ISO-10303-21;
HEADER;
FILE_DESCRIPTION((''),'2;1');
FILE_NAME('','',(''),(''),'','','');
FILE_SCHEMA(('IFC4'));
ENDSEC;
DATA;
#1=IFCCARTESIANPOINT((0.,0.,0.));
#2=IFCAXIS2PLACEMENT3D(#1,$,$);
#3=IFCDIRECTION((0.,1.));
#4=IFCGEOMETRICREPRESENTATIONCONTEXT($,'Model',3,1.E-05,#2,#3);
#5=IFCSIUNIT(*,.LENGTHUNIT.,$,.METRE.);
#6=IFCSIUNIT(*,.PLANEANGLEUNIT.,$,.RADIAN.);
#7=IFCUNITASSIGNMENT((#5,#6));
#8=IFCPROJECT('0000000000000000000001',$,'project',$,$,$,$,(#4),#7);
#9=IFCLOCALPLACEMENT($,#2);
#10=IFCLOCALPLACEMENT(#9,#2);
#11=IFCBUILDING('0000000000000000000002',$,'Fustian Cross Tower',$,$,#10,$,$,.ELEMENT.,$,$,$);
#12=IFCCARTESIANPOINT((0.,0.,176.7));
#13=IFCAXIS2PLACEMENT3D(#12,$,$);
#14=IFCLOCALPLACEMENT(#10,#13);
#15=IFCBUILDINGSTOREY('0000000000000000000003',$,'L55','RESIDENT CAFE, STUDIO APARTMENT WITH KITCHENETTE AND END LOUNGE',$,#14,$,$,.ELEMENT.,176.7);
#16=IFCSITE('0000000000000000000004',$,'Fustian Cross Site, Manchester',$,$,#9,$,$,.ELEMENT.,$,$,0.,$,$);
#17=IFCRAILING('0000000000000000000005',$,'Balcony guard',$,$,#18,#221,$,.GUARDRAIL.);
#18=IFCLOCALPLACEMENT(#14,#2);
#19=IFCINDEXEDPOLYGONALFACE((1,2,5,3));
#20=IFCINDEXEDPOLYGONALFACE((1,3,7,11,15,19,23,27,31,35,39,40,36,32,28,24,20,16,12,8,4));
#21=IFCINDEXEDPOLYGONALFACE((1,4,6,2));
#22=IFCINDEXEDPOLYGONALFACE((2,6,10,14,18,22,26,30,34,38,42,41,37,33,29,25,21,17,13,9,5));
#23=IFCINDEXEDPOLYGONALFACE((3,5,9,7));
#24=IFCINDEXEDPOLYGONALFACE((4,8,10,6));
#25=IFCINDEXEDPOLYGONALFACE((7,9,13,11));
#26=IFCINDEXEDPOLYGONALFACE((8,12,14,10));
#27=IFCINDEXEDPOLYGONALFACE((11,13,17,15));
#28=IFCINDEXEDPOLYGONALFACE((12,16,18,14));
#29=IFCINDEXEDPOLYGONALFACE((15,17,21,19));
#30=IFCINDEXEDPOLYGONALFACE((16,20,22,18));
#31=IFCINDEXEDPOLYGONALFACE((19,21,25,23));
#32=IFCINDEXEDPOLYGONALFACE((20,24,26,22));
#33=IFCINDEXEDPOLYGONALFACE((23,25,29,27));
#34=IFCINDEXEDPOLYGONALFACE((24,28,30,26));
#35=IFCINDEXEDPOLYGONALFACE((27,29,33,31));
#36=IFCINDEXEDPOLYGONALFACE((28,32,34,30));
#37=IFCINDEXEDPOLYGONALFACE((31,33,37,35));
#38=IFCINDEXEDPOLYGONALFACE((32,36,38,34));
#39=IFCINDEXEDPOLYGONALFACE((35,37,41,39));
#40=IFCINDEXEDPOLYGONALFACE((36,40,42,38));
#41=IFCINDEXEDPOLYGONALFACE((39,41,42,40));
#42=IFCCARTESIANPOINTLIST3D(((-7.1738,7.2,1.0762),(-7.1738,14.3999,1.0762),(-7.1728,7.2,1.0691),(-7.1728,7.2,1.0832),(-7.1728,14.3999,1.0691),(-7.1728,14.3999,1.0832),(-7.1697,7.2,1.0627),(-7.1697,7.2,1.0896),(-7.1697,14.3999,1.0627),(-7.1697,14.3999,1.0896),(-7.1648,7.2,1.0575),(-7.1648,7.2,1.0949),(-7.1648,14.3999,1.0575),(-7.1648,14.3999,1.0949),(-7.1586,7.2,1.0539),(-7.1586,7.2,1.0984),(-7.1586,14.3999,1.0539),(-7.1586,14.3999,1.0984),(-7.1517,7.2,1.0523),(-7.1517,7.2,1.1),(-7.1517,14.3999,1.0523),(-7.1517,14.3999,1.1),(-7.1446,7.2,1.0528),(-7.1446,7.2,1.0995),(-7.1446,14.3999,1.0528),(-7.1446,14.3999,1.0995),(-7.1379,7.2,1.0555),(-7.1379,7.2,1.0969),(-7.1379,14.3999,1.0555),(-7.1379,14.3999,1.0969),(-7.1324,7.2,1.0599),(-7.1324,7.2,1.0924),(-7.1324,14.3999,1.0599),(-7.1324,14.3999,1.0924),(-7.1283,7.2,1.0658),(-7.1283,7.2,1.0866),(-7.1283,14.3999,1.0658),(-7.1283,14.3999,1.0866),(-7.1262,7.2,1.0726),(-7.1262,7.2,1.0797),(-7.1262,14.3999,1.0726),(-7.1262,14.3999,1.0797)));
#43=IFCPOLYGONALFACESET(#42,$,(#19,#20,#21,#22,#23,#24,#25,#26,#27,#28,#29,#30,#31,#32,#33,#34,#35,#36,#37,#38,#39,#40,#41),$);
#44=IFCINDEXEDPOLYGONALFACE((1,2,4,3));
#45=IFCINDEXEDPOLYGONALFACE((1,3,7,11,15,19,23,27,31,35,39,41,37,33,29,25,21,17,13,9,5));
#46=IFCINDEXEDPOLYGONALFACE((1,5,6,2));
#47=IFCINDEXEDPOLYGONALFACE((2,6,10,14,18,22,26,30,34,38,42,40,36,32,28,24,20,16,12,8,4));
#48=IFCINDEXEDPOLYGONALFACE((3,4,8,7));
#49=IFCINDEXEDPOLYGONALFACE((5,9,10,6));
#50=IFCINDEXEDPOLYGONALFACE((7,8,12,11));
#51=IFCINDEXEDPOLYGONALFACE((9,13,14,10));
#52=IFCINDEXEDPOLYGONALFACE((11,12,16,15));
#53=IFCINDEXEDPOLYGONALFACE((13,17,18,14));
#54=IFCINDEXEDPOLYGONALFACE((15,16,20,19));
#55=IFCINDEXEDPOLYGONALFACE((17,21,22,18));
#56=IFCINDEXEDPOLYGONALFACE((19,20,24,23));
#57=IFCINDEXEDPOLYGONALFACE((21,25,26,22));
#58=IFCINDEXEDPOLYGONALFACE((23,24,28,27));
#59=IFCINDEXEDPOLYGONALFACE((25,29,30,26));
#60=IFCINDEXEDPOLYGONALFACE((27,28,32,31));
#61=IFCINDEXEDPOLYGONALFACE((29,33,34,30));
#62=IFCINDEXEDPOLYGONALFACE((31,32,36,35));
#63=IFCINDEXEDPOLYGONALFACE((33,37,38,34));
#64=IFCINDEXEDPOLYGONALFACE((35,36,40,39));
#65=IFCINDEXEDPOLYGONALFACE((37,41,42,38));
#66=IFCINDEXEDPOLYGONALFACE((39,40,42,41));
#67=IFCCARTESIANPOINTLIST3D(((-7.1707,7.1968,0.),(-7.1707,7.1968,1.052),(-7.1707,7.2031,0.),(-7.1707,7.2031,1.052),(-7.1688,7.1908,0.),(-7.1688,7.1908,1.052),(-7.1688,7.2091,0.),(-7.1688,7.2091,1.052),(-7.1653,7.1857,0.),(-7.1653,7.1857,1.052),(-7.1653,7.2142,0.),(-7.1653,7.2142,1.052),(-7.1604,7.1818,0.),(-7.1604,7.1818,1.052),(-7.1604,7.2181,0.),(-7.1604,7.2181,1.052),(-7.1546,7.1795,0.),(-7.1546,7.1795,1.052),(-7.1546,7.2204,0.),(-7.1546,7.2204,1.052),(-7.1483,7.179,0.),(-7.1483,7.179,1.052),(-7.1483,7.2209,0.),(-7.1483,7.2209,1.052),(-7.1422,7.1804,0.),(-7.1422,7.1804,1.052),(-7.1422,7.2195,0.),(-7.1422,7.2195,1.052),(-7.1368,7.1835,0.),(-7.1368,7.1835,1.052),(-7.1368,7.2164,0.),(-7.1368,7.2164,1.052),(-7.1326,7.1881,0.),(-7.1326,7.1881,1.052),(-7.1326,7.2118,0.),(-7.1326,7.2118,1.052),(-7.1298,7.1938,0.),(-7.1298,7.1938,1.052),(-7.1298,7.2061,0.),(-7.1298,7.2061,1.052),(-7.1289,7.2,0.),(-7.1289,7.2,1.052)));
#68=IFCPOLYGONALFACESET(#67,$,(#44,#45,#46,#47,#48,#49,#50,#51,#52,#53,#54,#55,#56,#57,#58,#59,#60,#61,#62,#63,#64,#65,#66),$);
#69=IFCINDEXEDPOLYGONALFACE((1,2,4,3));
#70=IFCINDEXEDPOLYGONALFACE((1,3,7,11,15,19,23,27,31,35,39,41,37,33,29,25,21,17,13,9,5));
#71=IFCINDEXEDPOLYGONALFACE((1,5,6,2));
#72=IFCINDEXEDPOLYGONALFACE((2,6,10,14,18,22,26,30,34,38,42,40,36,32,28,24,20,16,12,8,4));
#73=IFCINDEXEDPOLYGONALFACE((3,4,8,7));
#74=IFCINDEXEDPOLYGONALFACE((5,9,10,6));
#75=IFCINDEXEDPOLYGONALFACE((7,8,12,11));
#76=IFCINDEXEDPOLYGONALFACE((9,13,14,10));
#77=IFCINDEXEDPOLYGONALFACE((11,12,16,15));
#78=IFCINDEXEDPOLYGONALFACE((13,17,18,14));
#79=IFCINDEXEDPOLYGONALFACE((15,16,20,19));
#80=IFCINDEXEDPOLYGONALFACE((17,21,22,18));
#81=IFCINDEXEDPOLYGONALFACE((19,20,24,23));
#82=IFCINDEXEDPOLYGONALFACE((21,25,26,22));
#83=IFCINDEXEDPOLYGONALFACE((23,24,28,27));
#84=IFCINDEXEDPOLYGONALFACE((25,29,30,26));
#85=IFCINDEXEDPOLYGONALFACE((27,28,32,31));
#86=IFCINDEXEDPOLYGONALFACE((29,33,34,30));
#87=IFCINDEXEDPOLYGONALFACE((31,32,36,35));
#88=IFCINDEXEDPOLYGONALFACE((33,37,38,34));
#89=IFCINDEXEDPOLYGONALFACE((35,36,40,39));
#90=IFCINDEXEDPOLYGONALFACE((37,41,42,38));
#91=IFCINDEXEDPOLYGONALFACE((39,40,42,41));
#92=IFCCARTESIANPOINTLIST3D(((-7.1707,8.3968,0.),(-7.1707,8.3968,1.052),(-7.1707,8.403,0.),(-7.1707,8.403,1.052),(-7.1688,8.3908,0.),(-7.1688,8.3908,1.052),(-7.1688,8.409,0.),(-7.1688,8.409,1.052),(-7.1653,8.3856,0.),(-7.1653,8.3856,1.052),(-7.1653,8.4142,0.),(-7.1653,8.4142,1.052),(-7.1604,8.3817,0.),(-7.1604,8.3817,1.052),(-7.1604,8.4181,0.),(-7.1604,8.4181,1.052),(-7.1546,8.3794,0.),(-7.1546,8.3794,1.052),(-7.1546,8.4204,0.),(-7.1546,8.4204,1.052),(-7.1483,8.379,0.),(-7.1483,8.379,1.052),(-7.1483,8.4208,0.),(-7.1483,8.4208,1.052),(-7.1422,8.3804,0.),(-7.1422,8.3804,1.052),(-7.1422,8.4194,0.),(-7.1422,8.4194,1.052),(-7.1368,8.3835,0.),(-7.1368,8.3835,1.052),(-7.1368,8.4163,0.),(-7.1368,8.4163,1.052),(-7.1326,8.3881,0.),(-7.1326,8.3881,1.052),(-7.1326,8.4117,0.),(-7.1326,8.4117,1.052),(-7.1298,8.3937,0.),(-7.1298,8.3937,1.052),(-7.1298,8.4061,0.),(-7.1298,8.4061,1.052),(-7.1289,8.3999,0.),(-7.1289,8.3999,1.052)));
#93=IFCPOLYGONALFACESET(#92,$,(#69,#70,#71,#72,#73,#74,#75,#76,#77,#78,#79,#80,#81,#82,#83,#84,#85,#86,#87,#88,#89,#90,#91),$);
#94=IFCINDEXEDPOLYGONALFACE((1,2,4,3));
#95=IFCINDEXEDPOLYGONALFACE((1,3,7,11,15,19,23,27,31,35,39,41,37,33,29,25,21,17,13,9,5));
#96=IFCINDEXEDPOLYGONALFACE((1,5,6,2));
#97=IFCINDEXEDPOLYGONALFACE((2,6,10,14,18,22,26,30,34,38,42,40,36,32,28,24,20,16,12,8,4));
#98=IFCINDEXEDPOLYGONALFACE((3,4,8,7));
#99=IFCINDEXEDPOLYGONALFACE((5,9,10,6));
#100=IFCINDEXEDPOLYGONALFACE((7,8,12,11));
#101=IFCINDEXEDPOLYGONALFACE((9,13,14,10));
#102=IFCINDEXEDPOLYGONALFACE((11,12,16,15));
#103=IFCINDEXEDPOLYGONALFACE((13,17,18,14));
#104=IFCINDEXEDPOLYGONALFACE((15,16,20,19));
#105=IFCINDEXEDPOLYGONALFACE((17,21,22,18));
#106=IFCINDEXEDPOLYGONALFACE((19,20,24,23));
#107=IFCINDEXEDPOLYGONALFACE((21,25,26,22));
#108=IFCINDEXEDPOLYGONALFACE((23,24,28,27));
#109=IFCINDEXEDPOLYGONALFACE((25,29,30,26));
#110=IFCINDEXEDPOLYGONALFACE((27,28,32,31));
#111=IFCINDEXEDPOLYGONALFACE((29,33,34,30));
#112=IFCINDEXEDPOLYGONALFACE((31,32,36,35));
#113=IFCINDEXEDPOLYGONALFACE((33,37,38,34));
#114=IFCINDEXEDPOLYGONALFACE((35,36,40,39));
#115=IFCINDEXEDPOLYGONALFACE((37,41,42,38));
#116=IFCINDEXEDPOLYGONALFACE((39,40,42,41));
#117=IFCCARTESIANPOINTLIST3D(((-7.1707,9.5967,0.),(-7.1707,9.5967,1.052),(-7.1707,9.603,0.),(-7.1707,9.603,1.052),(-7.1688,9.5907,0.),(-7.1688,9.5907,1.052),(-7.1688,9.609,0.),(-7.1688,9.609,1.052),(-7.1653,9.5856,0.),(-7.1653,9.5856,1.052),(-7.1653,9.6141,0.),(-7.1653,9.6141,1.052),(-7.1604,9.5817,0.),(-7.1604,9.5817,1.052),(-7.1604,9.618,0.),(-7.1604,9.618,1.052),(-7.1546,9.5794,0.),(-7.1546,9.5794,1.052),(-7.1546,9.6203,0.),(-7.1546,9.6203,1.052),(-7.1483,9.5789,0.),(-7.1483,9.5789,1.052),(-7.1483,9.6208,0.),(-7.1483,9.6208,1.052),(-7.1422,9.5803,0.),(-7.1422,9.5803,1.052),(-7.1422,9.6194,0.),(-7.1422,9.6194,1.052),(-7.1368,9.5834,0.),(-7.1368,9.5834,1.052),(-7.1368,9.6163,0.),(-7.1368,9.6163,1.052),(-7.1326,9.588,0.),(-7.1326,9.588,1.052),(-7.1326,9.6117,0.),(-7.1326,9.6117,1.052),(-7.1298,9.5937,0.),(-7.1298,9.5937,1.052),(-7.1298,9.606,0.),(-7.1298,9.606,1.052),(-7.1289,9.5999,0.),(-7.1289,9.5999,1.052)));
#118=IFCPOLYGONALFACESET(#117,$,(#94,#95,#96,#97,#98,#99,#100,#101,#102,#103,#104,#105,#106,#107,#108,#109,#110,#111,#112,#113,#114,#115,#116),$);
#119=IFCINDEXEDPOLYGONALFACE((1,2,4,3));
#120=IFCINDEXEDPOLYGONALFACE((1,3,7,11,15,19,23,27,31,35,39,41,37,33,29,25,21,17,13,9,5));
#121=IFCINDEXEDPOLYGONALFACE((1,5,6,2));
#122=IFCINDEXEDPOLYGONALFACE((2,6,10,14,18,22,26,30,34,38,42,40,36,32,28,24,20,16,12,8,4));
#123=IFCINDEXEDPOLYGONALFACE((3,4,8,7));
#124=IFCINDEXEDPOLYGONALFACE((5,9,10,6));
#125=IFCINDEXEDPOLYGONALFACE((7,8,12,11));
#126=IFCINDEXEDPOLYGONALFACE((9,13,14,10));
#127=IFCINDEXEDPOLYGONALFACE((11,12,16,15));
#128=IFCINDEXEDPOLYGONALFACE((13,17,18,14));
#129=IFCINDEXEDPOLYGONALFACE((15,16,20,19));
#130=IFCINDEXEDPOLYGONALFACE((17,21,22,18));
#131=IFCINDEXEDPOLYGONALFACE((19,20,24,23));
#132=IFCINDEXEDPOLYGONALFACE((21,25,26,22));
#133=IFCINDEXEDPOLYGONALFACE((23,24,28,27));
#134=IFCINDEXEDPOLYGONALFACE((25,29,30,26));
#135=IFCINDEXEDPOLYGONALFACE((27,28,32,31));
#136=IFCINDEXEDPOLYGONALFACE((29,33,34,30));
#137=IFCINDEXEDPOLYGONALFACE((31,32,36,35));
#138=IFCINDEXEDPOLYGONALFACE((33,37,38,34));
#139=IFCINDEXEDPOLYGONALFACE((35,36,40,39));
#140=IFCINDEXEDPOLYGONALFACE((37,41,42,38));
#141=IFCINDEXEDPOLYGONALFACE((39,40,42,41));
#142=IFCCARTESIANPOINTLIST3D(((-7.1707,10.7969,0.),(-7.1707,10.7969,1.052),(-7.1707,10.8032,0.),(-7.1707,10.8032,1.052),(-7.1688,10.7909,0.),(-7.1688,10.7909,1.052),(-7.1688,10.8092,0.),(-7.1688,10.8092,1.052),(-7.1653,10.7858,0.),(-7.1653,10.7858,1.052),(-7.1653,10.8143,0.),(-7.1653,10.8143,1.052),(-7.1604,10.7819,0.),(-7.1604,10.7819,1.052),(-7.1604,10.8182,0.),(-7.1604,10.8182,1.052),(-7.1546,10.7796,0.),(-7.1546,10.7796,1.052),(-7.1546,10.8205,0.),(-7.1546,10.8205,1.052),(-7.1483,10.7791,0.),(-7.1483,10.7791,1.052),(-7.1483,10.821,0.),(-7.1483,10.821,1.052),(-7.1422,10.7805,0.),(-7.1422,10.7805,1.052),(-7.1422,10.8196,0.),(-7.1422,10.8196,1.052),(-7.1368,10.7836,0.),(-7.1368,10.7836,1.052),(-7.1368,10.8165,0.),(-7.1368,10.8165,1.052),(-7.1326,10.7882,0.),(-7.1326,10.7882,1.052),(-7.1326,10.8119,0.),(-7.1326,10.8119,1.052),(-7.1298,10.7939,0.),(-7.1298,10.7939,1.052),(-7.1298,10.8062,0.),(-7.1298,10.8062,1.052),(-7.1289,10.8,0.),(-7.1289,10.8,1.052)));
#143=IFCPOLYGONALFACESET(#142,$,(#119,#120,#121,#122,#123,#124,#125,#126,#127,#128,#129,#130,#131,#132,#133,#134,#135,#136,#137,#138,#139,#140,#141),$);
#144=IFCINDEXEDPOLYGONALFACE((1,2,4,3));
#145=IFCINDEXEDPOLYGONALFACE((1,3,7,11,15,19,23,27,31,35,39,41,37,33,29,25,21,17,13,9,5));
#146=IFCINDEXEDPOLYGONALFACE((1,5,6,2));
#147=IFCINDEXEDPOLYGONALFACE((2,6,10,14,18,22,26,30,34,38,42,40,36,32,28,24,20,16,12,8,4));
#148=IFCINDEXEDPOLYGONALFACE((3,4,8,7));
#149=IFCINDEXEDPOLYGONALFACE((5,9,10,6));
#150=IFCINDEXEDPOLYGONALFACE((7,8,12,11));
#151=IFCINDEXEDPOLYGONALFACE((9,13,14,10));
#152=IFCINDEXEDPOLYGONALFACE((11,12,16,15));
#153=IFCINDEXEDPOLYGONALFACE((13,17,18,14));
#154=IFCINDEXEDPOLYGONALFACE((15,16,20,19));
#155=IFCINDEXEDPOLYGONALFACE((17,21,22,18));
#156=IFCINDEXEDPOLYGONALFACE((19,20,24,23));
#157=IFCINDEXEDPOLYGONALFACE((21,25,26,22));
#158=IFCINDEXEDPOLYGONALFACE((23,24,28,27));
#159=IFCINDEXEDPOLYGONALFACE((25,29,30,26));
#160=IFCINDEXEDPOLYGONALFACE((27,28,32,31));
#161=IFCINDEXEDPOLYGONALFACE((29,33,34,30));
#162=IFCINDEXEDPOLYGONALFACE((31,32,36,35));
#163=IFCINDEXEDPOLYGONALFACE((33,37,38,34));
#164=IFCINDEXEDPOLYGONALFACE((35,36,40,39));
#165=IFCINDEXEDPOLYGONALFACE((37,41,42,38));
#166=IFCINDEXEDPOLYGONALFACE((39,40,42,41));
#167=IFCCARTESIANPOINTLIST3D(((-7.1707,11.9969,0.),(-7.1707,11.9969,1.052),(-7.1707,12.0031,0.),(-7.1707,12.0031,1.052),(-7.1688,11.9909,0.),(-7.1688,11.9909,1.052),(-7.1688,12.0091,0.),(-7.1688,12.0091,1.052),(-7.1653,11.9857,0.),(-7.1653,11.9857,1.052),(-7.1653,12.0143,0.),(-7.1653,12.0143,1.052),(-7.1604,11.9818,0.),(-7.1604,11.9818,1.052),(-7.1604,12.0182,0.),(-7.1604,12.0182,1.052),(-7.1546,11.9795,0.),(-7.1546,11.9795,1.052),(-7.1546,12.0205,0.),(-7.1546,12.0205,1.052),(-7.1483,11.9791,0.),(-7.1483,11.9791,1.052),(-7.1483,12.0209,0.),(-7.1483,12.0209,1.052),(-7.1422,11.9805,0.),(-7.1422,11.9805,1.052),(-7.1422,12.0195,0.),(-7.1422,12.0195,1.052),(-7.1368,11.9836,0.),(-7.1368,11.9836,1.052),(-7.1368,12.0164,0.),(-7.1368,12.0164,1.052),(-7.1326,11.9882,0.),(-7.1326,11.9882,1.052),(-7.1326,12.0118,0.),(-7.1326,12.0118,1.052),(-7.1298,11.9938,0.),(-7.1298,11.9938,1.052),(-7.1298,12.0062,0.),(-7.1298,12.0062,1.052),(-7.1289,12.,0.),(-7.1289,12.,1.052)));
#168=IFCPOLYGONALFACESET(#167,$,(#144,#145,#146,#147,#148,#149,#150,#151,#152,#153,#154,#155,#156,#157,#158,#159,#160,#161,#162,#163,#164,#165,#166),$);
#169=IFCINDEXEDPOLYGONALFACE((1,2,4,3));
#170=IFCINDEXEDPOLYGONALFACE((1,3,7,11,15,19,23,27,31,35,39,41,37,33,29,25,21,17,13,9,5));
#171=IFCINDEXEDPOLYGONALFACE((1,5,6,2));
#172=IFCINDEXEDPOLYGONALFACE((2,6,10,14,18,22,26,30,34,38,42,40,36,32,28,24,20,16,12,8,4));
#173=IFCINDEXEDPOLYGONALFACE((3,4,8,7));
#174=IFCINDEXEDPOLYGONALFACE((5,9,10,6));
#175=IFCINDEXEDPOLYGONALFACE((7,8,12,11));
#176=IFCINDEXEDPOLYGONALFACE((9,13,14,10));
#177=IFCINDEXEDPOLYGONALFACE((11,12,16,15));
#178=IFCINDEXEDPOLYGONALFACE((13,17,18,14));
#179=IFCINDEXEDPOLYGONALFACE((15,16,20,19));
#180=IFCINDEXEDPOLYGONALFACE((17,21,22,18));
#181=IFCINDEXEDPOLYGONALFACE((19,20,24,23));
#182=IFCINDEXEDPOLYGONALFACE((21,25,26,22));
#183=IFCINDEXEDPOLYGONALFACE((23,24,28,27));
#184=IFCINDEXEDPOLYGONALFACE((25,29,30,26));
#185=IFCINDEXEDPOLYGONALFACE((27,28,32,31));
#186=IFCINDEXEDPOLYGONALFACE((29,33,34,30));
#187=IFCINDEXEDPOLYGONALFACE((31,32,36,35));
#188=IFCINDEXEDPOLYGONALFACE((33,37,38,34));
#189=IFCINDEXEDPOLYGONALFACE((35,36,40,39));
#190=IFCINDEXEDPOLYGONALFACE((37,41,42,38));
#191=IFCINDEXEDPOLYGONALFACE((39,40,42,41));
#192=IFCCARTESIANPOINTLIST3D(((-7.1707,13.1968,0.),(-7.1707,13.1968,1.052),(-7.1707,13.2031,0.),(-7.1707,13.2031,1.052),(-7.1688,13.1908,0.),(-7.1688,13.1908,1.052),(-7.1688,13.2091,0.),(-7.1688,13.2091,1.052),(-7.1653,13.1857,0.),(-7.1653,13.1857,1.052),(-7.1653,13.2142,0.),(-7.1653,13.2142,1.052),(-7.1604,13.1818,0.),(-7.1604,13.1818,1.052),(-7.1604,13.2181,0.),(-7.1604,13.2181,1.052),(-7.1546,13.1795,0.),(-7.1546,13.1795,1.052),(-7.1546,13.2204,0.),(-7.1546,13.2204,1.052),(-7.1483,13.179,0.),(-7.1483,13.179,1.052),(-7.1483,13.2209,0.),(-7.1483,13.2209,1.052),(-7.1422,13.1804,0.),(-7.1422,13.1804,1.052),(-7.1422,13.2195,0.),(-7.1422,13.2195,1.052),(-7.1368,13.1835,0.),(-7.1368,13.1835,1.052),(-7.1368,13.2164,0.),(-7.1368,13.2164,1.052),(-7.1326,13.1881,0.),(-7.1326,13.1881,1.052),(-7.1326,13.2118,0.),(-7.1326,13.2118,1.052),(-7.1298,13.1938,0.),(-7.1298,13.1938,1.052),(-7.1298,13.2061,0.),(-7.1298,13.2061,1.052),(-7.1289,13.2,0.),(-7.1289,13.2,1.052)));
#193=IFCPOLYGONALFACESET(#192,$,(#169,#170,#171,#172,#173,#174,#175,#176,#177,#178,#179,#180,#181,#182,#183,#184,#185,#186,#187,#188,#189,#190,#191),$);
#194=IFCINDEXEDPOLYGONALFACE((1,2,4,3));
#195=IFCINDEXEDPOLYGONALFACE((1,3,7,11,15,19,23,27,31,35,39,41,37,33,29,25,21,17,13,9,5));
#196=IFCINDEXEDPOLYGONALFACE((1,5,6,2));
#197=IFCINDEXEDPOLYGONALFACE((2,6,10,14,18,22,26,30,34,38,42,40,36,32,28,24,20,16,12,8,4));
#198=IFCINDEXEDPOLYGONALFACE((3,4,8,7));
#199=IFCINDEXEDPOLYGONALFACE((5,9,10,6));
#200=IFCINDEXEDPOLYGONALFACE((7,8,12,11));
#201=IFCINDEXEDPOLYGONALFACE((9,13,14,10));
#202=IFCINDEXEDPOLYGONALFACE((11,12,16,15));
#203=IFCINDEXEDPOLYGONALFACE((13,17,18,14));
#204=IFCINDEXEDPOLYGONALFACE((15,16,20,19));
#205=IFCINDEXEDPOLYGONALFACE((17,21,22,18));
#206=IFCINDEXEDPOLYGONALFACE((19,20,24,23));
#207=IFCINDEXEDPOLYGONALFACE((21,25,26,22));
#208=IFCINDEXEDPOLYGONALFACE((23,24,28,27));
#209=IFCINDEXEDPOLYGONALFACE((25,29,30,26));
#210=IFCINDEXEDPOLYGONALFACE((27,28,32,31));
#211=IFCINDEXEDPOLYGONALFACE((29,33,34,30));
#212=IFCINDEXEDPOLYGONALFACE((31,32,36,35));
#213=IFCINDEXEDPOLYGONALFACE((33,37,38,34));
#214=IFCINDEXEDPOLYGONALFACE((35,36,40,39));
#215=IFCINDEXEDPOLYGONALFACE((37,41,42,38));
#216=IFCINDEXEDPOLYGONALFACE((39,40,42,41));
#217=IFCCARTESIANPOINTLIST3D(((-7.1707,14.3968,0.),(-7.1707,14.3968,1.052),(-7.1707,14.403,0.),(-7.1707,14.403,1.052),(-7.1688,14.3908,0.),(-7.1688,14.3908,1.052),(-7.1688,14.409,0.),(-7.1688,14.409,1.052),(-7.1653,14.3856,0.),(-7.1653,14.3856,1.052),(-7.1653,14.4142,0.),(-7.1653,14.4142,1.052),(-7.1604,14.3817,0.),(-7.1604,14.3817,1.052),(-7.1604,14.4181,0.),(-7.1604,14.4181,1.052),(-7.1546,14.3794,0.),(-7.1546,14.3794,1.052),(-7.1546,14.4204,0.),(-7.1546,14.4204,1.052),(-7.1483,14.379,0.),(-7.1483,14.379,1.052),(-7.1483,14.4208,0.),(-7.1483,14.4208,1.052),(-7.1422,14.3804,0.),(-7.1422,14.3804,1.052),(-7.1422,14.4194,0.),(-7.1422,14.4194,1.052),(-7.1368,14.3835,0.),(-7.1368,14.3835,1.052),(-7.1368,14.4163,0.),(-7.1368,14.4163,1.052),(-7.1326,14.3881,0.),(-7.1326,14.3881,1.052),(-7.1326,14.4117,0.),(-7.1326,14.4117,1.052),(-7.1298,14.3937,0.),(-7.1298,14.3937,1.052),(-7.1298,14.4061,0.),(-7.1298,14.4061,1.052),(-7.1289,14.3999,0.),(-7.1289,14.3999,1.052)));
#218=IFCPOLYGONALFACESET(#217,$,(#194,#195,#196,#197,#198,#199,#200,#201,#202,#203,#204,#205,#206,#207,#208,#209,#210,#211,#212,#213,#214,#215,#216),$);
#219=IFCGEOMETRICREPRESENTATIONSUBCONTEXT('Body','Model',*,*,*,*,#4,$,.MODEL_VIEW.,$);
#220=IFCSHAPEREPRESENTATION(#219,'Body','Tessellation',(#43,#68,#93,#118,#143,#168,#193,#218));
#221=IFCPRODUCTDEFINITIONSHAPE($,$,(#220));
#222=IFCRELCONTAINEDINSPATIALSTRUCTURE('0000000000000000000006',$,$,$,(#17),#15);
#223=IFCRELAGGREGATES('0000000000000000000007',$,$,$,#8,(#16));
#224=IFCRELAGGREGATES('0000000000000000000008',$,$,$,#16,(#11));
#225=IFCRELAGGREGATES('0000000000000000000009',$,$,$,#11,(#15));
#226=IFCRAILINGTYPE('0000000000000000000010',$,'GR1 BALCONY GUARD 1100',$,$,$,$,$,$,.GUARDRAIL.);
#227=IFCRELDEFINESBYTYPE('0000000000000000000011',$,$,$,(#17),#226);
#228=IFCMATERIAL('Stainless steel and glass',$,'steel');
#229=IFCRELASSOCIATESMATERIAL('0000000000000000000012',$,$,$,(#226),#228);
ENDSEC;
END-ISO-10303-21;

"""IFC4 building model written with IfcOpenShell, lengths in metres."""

from ifc_helpers import new_model, si_unit, direction, frame, origin, origin_2d, place, context, subcontext, project, spatial, circle, extrude, material, type_object, element, save


model = new_model("IFC4")

# Units and contexts
model_context = context("Model", 3, precision=1e-05, world=origin(), true_north=direction((0.0, 1.0)))
body_context = subcontext(model_context, "Body", "Model", "MODEL_VIEW")
ifc_project = project(units=[si_unit("LENGTHUNIT", "METRE"), si_unit("PLANEANGLEUNIT", "RADIAN")], contexts=[model_context])

# Site, building, storey
site_placement = place(None, origin())
site = spatial("IfcSite", under=ifc_project, at=site_placement, Name="Fustian Cross Site, Manchester", CompositionType="ELEMENT", RefElevation=0.0)
building_placement = place(site_placement, origin())
building = spatial("IfcBuilding", under=site, at=building_placement, Name="Fustian Cross Tower", CompositionType="ELEMENT")
storey_placement = place(building_placement, frame((0.0, 0.0, 176.7)))
storey = spatial("IfcBuildingStorey", under=building, at=storey_placement, Name="L55", Description="RESIDENT CAFE, STUDIO APARTMENT WITH KITCHENETTE AND END LOUNGE", CompositionType="ELEMENT", Elevation=176.7)

# Railing
ifc_material_1 = material(Name="Stainless steel and glass", Category="steel")
railing_type = type_object("IfcRailingType", Name="GR1 BALCONY GUARD 1100", PredefinedType="GUARDRAIL", material=ifc_material_1)
railing_placement = place(storey_placement, frame((-7.1499, 7.2, 0.0)))
element("IfcRailing", 1, at=railing_placement, inside=storey, type_object=railing_type, Name="Balcony guard", PredefinedType="GUARDRAIL", context=body_context, shape_type="SweptSolid", body=[
    extrude(circle(Radius=0.0239, at=origin_2d()), frame((0.0, 0.0, 1.0762), z_axis=(0.0, 1.0, 0.0), x_axis=(-1.0, 0.0, 0.0)), (0.0, 0.0, 1.0), 7.2),
    extrude(circle(Radius=0.021, at=origin_2d()), origin(), (0.0, 0.0, 1.0), 1.052),
    extrude(circle(Radius=0.021, at=origin_2d()), frame((0.0, 1.2, 0.0)), (0.0, 0.0, 1.0), 1.052),
    extrude(circle(Radius=0.021, at=origin_2d()), frame((0.0, 2.3999, 0.0)), (0.0, 0.0, 1.0), 1.052),
    extrude(circle(Radius=0.021, at=origin_2d()), frame((0.0, 3.6001, 0.0)), (0.0, 0.0, 1.0), 1.052),
    extrude(circle(Radius=0.021, at=origin_2d()), frame((0.0, 4.8, 0.0)), (0.0, 0.0, 1.0), 1.052),
    extrude(circle(Radius=0.021, at=origin_2d()), frame((0.0, 6.0, 0.0)), (0.0, 0.0, 1.0), 1.052),
    extrude(circle(Radius=0.021, at=origin_2d()), frame((0.0, 7.2, 0.0)), (0.0, 0.0, 1.0), 1.052),
])

save(model, "model.ifc")
